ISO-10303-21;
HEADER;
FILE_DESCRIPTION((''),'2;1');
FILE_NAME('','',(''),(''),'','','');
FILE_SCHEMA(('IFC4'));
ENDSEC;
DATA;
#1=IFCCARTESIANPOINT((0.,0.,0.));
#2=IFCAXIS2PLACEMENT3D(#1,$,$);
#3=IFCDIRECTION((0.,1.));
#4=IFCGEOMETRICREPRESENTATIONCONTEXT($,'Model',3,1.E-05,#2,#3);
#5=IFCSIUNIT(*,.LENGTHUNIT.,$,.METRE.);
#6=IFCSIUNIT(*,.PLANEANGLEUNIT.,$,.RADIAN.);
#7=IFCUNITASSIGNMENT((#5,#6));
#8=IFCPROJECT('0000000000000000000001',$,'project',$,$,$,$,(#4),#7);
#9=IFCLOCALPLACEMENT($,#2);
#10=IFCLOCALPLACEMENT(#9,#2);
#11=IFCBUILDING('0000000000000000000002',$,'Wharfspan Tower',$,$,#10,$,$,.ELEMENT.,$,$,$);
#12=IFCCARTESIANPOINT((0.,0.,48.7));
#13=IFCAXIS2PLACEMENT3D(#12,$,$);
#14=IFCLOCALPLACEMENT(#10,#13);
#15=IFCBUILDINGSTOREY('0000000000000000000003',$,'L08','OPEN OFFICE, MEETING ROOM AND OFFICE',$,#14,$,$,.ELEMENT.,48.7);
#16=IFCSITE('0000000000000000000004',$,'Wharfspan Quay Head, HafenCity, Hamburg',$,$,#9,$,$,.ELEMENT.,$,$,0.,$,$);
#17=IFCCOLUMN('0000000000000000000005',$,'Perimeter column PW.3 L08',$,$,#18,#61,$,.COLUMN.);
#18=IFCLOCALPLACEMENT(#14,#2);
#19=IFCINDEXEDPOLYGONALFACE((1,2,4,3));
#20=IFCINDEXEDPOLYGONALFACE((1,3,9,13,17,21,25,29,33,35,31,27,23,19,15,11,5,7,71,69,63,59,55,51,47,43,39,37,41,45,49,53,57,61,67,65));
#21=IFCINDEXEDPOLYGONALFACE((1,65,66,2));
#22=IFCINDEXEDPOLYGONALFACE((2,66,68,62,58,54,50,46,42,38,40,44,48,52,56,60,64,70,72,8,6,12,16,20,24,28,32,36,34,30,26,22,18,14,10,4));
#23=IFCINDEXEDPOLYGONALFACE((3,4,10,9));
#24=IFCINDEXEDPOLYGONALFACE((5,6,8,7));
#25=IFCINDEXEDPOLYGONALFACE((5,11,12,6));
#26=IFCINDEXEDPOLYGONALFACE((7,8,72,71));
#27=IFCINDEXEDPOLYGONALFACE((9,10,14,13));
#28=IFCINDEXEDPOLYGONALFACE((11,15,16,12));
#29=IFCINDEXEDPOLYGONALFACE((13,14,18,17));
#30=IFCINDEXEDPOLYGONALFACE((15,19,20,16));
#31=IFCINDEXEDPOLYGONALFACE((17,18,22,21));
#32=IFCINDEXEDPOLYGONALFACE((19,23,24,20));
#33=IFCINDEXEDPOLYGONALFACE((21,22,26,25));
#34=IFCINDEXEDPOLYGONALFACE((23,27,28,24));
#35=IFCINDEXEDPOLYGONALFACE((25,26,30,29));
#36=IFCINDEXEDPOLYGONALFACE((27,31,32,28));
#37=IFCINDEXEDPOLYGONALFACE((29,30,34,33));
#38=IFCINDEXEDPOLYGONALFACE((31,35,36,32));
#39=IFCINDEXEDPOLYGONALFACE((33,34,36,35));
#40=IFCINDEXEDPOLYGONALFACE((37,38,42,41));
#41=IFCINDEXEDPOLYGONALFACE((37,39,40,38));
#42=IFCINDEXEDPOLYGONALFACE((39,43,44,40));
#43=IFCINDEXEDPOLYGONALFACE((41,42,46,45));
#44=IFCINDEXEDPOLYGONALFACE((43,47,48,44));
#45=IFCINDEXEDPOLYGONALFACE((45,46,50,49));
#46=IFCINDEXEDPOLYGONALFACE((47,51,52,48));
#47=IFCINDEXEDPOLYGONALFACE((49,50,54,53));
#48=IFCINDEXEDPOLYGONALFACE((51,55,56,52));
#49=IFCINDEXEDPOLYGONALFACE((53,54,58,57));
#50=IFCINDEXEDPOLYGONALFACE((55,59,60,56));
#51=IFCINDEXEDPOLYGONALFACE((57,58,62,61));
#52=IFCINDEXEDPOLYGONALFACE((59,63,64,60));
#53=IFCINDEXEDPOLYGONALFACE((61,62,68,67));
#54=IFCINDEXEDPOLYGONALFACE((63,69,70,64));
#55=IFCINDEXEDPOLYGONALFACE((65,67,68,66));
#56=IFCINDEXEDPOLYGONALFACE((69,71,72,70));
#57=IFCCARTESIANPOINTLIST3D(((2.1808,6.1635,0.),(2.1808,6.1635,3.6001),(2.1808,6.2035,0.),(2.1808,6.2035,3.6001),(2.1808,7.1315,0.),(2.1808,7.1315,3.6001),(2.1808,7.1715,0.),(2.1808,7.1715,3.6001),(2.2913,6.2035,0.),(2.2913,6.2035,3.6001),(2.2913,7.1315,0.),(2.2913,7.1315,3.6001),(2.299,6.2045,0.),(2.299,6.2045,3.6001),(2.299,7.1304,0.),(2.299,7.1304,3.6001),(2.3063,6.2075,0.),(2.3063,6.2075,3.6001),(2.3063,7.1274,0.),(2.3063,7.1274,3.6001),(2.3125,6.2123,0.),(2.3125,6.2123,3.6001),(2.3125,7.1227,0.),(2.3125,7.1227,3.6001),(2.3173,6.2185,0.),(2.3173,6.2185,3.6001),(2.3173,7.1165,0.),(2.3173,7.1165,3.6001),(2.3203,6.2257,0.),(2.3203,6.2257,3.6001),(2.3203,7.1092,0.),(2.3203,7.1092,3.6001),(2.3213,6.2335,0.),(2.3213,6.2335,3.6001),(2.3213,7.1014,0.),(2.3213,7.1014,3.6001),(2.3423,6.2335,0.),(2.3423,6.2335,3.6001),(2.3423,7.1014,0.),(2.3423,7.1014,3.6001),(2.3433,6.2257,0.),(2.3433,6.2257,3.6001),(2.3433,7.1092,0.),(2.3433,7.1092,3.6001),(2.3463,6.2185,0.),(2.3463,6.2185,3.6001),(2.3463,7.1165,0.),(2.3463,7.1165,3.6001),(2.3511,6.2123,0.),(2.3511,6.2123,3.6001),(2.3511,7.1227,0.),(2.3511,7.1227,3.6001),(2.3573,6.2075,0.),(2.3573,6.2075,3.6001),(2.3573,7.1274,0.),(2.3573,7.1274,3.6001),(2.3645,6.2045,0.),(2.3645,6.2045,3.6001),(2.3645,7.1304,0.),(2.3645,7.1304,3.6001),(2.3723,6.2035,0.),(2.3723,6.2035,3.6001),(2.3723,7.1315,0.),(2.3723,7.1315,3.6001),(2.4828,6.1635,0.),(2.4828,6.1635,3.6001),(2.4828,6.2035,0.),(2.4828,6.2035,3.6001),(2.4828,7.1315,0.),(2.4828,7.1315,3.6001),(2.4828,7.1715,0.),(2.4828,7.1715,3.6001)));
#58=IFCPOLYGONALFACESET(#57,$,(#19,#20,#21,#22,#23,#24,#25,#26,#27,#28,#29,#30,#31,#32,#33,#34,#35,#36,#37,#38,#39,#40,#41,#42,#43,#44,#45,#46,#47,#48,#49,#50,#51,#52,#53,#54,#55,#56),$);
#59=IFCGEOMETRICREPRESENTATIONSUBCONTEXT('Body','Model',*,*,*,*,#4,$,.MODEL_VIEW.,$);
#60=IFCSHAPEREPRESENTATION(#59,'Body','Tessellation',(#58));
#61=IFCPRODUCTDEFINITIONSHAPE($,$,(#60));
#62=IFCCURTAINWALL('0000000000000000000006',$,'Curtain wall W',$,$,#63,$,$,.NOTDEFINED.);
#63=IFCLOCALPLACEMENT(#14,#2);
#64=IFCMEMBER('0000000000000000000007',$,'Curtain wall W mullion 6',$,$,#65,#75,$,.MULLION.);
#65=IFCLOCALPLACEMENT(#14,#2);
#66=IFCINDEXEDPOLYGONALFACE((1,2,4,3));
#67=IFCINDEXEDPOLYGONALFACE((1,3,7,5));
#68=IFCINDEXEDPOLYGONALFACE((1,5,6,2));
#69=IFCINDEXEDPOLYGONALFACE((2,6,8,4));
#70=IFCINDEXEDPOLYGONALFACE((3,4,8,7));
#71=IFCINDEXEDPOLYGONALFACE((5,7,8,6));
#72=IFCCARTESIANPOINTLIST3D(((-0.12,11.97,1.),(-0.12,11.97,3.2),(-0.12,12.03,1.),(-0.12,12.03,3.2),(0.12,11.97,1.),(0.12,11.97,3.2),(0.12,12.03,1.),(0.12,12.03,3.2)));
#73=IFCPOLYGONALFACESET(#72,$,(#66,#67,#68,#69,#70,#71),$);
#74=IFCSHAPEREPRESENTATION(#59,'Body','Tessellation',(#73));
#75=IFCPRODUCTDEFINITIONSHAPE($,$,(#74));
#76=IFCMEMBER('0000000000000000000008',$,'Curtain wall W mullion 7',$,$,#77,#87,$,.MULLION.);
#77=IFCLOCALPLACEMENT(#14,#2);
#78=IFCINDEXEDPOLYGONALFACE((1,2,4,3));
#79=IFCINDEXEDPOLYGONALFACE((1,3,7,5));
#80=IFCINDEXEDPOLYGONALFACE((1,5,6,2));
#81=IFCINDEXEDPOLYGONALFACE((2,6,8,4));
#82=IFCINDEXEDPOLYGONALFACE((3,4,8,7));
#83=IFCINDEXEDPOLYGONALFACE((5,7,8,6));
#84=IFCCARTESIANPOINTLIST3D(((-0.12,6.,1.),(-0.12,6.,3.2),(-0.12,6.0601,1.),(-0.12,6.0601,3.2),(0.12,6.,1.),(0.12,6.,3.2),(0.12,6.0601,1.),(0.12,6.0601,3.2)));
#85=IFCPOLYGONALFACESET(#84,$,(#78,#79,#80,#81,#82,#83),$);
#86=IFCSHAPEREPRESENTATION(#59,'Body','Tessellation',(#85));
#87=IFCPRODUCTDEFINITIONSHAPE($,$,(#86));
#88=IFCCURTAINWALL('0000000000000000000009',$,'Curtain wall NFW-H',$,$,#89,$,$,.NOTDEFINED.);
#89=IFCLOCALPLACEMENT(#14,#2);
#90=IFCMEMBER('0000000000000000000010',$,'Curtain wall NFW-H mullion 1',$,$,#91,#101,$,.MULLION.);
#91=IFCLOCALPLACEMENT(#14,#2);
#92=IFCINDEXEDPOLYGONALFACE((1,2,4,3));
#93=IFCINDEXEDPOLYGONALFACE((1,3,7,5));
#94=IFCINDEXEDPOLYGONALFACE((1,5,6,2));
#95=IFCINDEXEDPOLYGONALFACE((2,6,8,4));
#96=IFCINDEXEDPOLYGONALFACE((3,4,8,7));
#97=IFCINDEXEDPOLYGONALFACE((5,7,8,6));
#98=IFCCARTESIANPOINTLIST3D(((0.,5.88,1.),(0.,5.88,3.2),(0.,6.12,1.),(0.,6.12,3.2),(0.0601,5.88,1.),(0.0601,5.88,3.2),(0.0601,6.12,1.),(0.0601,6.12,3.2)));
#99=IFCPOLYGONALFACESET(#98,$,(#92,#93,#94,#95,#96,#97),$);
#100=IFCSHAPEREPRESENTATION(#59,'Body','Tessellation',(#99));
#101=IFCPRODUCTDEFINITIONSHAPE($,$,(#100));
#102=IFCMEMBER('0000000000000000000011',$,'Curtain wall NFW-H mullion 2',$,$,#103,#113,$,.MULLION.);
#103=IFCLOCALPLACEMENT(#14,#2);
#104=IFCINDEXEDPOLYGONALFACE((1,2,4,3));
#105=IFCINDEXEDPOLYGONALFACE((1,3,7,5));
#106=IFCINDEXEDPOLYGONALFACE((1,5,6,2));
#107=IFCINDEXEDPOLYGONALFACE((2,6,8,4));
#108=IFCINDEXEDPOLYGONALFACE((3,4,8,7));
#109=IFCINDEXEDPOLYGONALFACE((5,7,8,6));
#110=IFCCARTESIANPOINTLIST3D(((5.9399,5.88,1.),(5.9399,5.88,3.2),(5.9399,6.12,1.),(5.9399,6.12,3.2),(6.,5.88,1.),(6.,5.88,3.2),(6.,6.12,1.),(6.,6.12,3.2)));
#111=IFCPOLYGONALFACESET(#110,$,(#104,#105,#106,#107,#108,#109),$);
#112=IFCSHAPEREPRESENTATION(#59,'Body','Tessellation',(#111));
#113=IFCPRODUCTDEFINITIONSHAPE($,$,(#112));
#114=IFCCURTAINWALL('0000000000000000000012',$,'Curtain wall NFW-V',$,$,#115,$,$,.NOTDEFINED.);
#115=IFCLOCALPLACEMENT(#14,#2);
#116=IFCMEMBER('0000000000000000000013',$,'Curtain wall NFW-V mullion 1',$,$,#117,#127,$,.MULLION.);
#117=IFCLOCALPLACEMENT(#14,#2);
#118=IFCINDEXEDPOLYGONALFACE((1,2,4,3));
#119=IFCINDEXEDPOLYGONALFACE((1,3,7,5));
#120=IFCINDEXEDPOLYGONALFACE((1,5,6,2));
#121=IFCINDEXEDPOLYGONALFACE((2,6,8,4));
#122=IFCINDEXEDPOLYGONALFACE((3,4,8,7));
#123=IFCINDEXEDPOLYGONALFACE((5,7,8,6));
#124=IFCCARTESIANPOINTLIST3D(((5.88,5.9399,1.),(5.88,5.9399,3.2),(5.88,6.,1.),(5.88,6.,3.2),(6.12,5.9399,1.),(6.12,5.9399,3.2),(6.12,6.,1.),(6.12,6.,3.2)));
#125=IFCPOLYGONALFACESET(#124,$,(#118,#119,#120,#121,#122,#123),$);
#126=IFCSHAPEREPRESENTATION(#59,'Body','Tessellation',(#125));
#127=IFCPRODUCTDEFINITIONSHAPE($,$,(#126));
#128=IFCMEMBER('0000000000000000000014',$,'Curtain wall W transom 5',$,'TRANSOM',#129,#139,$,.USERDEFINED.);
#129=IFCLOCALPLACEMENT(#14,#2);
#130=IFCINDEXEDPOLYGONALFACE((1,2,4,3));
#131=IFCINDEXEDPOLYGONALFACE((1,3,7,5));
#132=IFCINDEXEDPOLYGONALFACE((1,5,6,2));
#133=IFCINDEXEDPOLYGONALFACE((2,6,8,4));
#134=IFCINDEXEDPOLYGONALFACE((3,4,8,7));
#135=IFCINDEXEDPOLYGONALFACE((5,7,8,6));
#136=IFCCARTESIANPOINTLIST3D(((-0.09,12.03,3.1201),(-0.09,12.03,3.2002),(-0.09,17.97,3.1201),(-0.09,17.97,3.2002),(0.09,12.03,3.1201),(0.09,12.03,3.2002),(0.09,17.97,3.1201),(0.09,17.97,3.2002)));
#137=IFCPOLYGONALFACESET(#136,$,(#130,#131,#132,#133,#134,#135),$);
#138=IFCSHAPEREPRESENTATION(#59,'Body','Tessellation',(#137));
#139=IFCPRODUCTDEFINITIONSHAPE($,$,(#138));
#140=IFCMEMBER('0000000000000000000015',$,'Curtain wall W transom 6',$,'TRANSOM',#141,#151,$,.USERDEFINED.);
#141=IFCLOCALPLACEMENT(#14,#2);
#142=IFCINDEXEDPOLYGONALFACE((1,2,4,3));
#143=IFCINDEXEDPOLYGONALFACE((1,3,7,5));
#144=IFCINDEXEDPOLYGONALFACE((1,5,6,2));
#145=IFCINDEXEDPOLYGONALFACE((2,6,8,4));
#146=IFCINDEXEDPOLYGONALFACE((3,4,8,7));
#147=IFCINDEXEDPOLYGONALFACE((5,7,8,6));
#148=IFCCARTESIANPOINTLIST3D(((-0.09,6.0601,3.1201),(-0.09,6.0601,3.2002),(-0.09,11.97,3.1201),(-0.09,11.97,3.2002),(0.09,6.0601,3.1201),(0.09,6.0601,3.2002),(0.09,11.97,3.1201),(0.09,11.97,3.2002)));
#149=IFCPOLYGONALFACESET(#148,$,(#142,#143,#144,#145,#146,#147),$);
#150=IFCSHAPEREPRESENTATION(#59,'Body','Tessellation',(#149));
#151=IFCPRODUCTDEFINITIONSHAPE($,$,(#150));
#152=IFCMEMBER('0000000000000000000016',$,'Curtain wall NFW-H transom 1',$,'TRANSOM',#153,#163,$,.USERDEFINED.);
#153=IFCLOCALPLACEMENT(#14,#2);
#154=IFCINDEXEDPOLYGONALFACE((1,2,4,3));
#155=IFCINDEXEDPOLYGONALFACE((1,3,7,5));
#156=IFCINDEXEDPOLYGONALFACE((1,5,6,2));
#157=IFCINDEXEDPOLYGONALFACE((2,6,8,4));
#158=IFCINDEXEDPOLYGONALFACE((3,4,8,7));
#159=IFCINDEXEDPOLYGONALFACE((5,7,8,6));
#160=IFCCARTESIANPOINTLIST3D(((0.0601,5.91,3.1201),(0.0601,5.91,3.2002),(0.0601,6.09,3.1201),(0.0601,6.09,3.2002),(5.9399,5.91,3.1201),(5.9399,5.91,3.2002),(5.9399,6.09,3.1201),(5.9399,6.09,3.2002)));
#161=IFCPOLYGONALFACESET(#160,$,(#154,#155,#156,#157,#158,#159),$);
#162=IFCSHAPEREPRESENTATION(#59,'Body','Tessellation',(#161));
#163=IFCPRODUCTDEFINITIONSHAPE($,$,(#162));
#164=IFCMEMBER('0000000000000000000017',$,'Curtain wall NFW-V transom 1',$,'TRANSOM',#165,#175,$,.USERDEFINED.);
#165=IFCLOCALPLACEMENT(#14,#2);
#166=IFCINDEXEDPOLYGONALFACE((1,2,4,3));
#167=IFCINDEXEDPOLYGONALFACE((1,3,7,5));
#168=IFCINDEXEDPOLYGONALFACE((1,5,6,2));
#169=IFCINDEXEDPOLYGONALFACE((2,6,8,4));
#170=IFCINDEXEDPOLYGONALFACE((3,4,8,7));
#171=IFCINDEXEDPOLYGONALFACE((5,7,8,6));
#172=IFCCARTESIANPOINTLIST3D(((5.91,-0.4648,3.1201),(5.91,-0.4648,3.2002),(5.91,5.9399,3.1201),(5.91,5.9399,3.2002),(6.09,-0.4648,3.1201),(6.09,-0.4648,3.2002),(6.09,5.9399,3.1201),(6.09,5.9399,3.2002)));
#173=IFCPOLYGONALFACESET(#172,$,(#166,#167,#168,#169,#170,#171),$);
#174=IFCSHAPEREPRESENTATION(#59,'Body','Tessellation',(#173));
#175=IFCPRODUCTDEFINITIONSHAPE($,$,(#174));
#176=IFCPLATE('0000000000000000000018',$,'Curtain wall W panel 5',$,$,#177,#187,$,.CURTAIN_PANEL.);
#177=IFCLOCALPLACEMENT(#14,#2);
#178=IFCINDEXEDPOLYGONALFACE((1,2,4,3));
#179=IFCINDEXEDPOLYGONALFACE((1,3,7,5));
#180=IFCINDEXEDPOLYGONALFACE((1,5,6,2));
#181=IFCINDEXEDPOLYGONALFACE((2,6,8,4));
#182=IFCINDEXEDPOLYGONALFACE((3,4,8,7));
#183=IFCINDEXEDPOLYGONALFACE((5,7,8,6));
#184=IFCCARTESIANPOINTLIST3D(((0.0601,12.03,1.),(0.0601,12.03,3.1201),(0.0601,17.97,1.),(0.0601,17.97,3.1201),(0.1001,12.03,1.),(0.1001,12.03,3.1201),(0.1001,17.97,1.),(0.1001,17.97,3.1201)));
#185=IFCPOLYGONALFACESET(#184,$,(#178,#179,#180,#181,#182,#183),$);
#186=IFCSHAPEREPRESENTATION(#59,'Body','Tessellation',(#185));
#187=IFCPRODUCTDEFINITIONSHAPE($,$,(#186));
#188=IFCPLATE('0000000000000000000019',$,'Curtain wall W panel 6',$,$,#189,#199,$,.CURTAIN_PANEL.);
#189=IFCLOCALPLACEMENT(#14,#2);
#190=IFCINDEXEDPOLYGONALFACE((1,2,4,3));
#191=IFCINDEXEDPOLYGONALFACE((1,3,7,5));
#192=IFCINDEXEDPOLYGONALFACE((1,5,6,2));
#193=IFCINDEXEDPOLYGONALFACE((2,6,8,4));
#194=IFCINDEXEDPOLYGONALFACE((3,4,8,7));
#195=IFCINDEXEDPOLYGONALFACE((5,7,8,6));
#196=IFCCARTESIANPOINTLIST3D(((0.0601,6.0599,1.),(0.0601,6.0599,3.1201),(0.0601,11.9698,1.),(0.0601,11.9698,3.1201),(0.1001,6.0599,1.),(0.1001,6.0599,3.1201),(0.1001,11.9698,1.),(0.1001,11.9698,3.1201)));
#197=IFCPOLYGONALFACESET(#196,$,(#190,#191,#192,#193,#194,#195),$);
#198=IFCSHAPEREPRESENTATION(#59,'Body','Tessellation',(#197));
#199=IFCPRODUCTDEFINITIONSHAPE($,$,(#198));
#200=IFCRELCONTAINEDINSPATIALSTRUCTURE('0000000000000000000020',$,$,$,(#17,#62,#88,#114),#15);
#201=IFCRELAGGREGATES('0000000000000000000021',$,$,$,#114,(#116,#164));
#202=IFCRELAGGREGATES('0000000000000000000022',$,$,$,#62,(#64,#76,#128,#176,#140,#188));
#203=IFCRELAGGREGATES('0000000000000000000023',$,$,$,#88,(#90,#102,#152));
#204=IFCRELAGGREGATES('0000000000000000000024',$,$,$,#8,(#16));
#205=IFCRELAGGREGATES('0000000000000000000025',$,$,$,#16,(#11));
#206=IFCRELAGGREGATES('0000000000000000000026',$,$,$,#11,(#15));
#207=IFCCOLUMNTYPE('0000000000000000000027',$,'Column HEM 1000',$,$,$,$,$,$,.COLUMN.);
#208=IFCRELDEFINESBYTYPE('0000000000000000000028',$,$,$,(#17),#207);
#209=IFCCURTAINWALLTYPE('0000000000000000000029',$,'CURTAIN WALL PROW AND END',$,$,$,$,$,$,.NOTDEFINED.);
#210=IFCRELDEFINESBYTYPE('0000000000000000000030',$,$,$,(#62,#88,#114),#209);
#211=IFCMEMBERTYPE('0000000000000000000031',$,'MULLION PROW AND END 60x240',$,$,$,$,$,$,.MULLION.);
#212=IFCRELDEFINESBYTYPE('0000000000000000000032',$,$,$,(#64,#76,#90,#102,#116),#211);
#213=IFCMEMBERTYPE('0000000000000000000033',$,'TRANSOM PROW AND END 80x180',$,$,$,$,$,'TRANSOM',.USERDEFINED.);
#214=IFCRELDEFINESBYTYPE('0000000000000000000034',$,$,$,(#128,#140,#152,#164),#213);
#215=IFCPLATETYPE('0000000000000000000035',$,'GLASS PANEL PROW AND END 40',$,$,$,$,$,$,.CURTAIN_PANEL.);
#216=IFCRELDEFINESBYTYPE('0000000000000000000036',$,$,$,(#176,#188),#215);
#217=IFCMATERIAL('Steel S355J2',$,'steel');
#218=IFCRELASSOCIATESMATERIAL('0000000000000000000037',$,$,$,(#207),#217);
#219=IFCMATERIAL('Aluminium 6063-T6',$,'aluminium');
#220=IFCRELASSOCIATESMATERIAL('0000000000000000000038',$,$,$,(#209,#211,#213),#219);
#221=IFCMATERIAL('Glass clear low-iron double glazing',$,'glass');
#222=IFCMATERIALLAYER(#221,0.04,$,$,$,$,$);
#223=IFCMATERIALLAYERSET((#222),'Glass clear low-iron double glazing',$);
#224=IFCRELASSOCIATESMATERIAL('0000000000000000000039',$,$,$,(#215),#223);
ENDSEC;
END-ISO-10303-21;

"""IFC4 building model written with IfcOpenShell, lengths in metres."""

from ifc_helpers import new_model, si_unit, direction, frame, origin, origin_2d, place, context, subcontext, project, spatial, rectangle, i_section, extrude, material, layer, layer_set, material_profile, profile_set, type_object, element, aggregate, save


model = new_model("IFC4")

# Units and contexts
model_context = context("Model", 3, precision=1e-05, world=origin(), true_north=direction((0.0, 1.0)))
body_context = subcontext(model_context, "Body", "Model", "MODEL_VIEW")
ifc_project = project(units=[si_unit("LENGTHUNIT", "METRE"), si_unit("PLANEANGLEUNIT", "RADIAN")], contexts=[model_context])

# Site, building, storey
site_placement = place(None, origin())
site = spatial("IfcSite", under=ifc_project, at=site_placement, Name="Wharfspan Quay Head, HafenCity, Hamburg", CompositionType="ELEMENT", RefElevation=0.0)
building_placement = place(site_placement, origin())
building = spatial("IfcBuilding", under=site, at=building_placement, Name="Wharfspan Tower", CompositionType="ELEMENT")
storey_placement = place(building_placement, frame((0.0, 0.0, 48.7)))
storey = spatial("IfcBuildingStorey", under=building, at=storey_placement, Name="L08", Description="OPEN OFFICE, MEETING ROOM AND OFFICE", CompositionType="ELEMENT", Elevation=48.7)

# Column
ifc_material_1 = material(Name="Steel S355J2", Category="steel")
ifc_material_profile_1 = material_profile(ifc_material_1, i_section(OverallWidth=0.302, OverallDepth=1.0081, WebThickness=0.021, FlangeThickness=0.04, FilletRadius=0.03, at=origin_2d()))
ifc_profile_set_1 = profile_set([ifc_material_profile_1], Name="Steel S355J2")
column_type = type_object("IfcColumnType", Name="Column HEM 1000", PredefinedType="COLUMN", material=ifc_profile_set_1)
column_placement = place(storey_placement, frame((2.3318, 6.6675, 0.0), z_axis=(0.0, 0.0, 1.0), x_axis=(-1.0, 0.0, 0.0)))
element("IfcColumn", 1, at=column_placement, inside=storey, type_object=column_type, Name="Perimeter column PW.3 L08", PredefinedType="COLUMN", context=body_context, shape_type="SweptSolid", body=[
    extrude(i_section(OverallWidth=0.302, OverallDepth=1.0081, WebThickness=0.021, FlangeThickness=0.04, FilletRadius=0.03, at=origin_2d()), origin(), (0.0, 0.0, 1.0), 3.6001),
])

# Curtain walls, members
ifc_material_2 = material(Name="Aluminium 6063-T6", Category="aluminium")
curtain_wall_type = type_object("IfcCurtainWallType", Name="CURTAIN WALL PROW AND END", PredefinedType="NOTDEFINED", material=ifc_material_2)
curtain_wall_1_placement = place(storey_placement, origin())
curtain_wall_1 = element("IfcCurtainWall", 2, at=curtain_wall_1_placement, inside=storey, type_object=curtain_wall_type, Name="Curtain wall W", PredefinedType="NOTDEFINED")
ifc_material_profile_2 = material_profile(ifc_material_2, rectangle(XDim=0.24, YDim=0.0601, at=origin_2d()))
ifc_profile_set_2 = profile_set([ifc_material_profile_2], Name="Aluminium 6063-T6")
member_type_1 = type_object("IfcMemberType", Name="MULLION PROW AND END 60x240", PredefinedType="MULLION", material=ifc_profile_set_2)
member_1_placement = place(storey_placement, frame((0.0, 12.0, 1.0), z_axis=(0.0, 0.0, 1.0), x_axis=(1.0, 0.0, 0.0)))
member_1 = element("IfcMember", 3, at=member_1_placement, type_object=member_type_1, Name="Curtain wall W mullion 6", PredefinedType="MULLION", context=body_context, shape_type="SweptSolid", body=[
    extrude(rectangle(XDim=0.24, YDim=0.0601, at=origin_2d()), origin(), (0.0, 0.0, 1.0), 2.2),
])
member_2_placement = place(storey_placement, frame((0.0, 6.03, 1.0), z_axis=(0.0, 0.0, 1.0), x_axis=(1.0, 0.0, 0.0)))
member_2 = element("IfcMember", 4, at=member_2_placement, type_object=member_type_1, Name="Curtain wall W mullion 7", PredefinedType="MULLION", context=body_context, shape_type="SweptSolid", body=[
    extrude(rectangle(XDim=0.24, YDim=0.0601, at=origin_2d()), origin(), (0.0, 0.0, 1.0), 2.2),
])
curtain_wall_2_placement = place(storey_placement, origin())
curtain_wall_2 = element("IfcCurtainWall", 5, at=curtain_wall_2_placement, inside=storey, type_object=curtain_wall_type, Name="Curtain wall NFW-H", PredefinedType="NOTDEFINED")
member_3_placement = place(storey_placement, frame((0.03, 6.0, 1.0), z_axis=(0.0, 0.0, 1.0), x_axis=(0.0, 1.0, 0.0)))
member_3 = element("IfcMember", 6, at=member_3_placement, type_object=member_type_1, Name="Curtain wall NFW-H mullion 1", PredefinedType="MULLION", context=body_context, shape_type="SweptSolid", body=[
    extrude(rectangle(XDim=0.24, YDim=0.0601, at=origin_2d()), origin(), (0.0, 0.0, 1.0), 2.2),
])
member_4_placement = place(storey_placement, frame((5.97, 6.0, 1.0), z_axis=(0.0, 0.0, 1.0), x_axis=(0.0, 1.0, 0.0)))
member_4 = element("IfcMember", 7, at=member_4_placement, type_object=member_type_1, Name="Curtain wall NFW-H mullion 2", PredefinedType="MULLION", context=body_context, shape_type="SweptSolid", body=[
    extrude(rectangle(XDim=0.24, YDim=0.0601, at=origin_2d()), origin(), (0.0, 0.0, 1.0), 2.2),
])

# Curtain wall, member
curtain_wall_3_placement = place(storey_placement, origin())
curtain_wall_3 = element("IfcCurtainWall", 8, at=curtain_wall_3_placement, inside=storey, type_object=curtain_wall_type, Name="Curtain wall NFW-V", PredefinedType="NOTDEFINED")
member_5_placement = place(storey_placement, frame((6.0, 5.97, 1.0), z_axis=(0.0, 0.0, 1.0), x_axis=(1.0, 0.0, 0.0)))
member_5 = element("IfcMember", 9, at=member_5_placement, type_object=member_type_1, Name="Curtain wall NFW-V mullion 1", PredefinedType="MULLION", context=body_context, shape_type="SweptSolid", body=[
    extrude(rectangle(XDim=0.24, YDim=0.0601, at=origin_2d()), origin(), (0.0, 0.0, 1.0), 2.2),
])

# Members
ifc_material_profile_3 = material_profile(ifc_material_2, rectangle(XDim=0.1799, YDim=0.0801, at=origin_2d()))
ifc_profile_set_3 = profile_set([ifc_material_profile_3], Name="Aluminium 6063-T6")
member_type_2 = type_object("IfcMemberType", Name="TRANSOM PROW AND END 80x180", ElementType="TRANSOM", PredefinedType="USERDEFINED", material=ifc_profile_set_3)
member_6_placement = place(storey_placement, frame((0.0, 17.97, 3.1602), z_axis=(0.0, -1.0, 0.0), x_axis=(1.0, 0.0, 0.0)))
member_6 = element("IfcMember", 10, at=member_6_placement, type_object=member_type_2, Name="Curtain wall W transom 5", ObjectType="TRANSOM", PredefinedType="USERDEFINED", context=body_context, shape_type="SweptSolid", body=[
    extrude(rectangle(XDim=0.1799, YDim=0.0801, at=origin_2d()), origin(), (0.0, 0.0, 1.0), 5.9399),
])
member_7_placement = place(storey_placement, frame((0.0, 11.97, 3.1602), z_axis=(0.0, -1.0, 0.0), x_axis=(1.0, 0.0, 0.0)))
member_7 = element("IfcMember", 11, at=member_7_placement, type_object=member_type_2, Name="Curtain wall W transom 6", ObjectType="TRANSOM", PredefinedType="USERDEFINED", context=body_context, shape_type="SweptSolid", body=[
    extrude(rectangle(XDim=0.1799, YDim=0.0801, at=origin_2d()), origin(), (0.0, 0.0, 1.0), 5.9099),
])
member_8_placement = place(storey_placement, frame((0.0601, 6.0, 3.1602), z_axis=(1.0, 0.0, 0.0), x_axis=(0.0, 1.0, 0.0)))
member_8 = element("IfcMember", 12, at=member_8_placement, type_object=member_type_2, Name="Curtain wall NFW-H transom 1", ObjectType="TRANSOM", PredefinedType="USERDEFINED", context=body_context, shape_type="SweptSolid", body=[
    extrude(rectangle(XDim=0.1799, YDim=0.0801, at=origin_2d()), origin(), (0.0, 0.0, 1.0), 5.8799),
])
member_9_placement = place(storey_placement, frame((6.0, 5.9399, 3.1602), z_axis=(0.0, -1.0, 0.0), x_axis=(1.0, 0.0, 0.0)))
member_9 = element("IfcMember", 13, at=member_9_placement, type_object=member_type_2, Name="Curtain wall NFW-V transom 1", ObjectType="TRANSOM", PredefinedType="USERDEFINED", context=body_context, shape_type="SweptSolid", body=[
    extrude(rectangle(XDim=0.1799, YDim=0.0801, at=origin_2d()), origin(), (0.0, 0.0, 1.0), 6.4048),
])
aggregate(curtain_wall_3, [member_5, member_9])

# Plates
ifc_material_3 = material(Name="Glass clear low-iron double glazing", Category="glass")
ifc_layer_1 = layer(ifc_material_3, 0.04)
ifc_layer_set_1 = layer_set([ifc_layer_1], Name="Glass clear low-iron double glazing")
plate_type = type_object("IfcPlateType", Name="GLASS PANEL PROW AND END 40", PredefinedType="CURTAIN_PANEL", material=ifc_layer_set_1)
plate_1_placement = place(storey_placement, frame((0.0801, 15.0, 1.0), z_axis=(0.0, 0.0, 1.0), x_axis=(0.0, -1.0, 0.0)))
plate_1 = element("IfcPlate", 14, at=plate_1_placement, type_object=plate_type, Name="Curtain wall W panel 5", PredefinedType="CURTAIN_PANEL", context=body_context, shape_type="SweptSolid", body=[
    extrude(rectangle(XDim=5.9399, YDim=0.04, at=origin_2d()), origin(), (0.0, 0.0, 1.0), 2.1201),
])
plate_2_placement = place(storey_placement, frame((0.0801, 9.0149, 1.0), z_axis=(0.0, 0.0, 1.0), x_axis=(0.0, -1.0, 0.0)))
plate_2 = element("IfcPlate", 15, at=plate_2_placement, type_object=plate_type, Name="Curtain wall W panel 6", PredefinedType="CURTAIN_PANEL", context=body_context, shape_type="SweptSolid", body=[
    extrude(rectangle(XDim=5.9099, YDim=0.04, at=origin_2d()), origin(), (0.0, 0.0, 1.0), 2.1201),
])
aggregate(curtain_wall_1, [member_1, member_2, member_6, plate_1, member_7, plate_2])
aggregate(curtain_wall_2, [member_3, member_4, member_8])

save(model, "model.ifc")
